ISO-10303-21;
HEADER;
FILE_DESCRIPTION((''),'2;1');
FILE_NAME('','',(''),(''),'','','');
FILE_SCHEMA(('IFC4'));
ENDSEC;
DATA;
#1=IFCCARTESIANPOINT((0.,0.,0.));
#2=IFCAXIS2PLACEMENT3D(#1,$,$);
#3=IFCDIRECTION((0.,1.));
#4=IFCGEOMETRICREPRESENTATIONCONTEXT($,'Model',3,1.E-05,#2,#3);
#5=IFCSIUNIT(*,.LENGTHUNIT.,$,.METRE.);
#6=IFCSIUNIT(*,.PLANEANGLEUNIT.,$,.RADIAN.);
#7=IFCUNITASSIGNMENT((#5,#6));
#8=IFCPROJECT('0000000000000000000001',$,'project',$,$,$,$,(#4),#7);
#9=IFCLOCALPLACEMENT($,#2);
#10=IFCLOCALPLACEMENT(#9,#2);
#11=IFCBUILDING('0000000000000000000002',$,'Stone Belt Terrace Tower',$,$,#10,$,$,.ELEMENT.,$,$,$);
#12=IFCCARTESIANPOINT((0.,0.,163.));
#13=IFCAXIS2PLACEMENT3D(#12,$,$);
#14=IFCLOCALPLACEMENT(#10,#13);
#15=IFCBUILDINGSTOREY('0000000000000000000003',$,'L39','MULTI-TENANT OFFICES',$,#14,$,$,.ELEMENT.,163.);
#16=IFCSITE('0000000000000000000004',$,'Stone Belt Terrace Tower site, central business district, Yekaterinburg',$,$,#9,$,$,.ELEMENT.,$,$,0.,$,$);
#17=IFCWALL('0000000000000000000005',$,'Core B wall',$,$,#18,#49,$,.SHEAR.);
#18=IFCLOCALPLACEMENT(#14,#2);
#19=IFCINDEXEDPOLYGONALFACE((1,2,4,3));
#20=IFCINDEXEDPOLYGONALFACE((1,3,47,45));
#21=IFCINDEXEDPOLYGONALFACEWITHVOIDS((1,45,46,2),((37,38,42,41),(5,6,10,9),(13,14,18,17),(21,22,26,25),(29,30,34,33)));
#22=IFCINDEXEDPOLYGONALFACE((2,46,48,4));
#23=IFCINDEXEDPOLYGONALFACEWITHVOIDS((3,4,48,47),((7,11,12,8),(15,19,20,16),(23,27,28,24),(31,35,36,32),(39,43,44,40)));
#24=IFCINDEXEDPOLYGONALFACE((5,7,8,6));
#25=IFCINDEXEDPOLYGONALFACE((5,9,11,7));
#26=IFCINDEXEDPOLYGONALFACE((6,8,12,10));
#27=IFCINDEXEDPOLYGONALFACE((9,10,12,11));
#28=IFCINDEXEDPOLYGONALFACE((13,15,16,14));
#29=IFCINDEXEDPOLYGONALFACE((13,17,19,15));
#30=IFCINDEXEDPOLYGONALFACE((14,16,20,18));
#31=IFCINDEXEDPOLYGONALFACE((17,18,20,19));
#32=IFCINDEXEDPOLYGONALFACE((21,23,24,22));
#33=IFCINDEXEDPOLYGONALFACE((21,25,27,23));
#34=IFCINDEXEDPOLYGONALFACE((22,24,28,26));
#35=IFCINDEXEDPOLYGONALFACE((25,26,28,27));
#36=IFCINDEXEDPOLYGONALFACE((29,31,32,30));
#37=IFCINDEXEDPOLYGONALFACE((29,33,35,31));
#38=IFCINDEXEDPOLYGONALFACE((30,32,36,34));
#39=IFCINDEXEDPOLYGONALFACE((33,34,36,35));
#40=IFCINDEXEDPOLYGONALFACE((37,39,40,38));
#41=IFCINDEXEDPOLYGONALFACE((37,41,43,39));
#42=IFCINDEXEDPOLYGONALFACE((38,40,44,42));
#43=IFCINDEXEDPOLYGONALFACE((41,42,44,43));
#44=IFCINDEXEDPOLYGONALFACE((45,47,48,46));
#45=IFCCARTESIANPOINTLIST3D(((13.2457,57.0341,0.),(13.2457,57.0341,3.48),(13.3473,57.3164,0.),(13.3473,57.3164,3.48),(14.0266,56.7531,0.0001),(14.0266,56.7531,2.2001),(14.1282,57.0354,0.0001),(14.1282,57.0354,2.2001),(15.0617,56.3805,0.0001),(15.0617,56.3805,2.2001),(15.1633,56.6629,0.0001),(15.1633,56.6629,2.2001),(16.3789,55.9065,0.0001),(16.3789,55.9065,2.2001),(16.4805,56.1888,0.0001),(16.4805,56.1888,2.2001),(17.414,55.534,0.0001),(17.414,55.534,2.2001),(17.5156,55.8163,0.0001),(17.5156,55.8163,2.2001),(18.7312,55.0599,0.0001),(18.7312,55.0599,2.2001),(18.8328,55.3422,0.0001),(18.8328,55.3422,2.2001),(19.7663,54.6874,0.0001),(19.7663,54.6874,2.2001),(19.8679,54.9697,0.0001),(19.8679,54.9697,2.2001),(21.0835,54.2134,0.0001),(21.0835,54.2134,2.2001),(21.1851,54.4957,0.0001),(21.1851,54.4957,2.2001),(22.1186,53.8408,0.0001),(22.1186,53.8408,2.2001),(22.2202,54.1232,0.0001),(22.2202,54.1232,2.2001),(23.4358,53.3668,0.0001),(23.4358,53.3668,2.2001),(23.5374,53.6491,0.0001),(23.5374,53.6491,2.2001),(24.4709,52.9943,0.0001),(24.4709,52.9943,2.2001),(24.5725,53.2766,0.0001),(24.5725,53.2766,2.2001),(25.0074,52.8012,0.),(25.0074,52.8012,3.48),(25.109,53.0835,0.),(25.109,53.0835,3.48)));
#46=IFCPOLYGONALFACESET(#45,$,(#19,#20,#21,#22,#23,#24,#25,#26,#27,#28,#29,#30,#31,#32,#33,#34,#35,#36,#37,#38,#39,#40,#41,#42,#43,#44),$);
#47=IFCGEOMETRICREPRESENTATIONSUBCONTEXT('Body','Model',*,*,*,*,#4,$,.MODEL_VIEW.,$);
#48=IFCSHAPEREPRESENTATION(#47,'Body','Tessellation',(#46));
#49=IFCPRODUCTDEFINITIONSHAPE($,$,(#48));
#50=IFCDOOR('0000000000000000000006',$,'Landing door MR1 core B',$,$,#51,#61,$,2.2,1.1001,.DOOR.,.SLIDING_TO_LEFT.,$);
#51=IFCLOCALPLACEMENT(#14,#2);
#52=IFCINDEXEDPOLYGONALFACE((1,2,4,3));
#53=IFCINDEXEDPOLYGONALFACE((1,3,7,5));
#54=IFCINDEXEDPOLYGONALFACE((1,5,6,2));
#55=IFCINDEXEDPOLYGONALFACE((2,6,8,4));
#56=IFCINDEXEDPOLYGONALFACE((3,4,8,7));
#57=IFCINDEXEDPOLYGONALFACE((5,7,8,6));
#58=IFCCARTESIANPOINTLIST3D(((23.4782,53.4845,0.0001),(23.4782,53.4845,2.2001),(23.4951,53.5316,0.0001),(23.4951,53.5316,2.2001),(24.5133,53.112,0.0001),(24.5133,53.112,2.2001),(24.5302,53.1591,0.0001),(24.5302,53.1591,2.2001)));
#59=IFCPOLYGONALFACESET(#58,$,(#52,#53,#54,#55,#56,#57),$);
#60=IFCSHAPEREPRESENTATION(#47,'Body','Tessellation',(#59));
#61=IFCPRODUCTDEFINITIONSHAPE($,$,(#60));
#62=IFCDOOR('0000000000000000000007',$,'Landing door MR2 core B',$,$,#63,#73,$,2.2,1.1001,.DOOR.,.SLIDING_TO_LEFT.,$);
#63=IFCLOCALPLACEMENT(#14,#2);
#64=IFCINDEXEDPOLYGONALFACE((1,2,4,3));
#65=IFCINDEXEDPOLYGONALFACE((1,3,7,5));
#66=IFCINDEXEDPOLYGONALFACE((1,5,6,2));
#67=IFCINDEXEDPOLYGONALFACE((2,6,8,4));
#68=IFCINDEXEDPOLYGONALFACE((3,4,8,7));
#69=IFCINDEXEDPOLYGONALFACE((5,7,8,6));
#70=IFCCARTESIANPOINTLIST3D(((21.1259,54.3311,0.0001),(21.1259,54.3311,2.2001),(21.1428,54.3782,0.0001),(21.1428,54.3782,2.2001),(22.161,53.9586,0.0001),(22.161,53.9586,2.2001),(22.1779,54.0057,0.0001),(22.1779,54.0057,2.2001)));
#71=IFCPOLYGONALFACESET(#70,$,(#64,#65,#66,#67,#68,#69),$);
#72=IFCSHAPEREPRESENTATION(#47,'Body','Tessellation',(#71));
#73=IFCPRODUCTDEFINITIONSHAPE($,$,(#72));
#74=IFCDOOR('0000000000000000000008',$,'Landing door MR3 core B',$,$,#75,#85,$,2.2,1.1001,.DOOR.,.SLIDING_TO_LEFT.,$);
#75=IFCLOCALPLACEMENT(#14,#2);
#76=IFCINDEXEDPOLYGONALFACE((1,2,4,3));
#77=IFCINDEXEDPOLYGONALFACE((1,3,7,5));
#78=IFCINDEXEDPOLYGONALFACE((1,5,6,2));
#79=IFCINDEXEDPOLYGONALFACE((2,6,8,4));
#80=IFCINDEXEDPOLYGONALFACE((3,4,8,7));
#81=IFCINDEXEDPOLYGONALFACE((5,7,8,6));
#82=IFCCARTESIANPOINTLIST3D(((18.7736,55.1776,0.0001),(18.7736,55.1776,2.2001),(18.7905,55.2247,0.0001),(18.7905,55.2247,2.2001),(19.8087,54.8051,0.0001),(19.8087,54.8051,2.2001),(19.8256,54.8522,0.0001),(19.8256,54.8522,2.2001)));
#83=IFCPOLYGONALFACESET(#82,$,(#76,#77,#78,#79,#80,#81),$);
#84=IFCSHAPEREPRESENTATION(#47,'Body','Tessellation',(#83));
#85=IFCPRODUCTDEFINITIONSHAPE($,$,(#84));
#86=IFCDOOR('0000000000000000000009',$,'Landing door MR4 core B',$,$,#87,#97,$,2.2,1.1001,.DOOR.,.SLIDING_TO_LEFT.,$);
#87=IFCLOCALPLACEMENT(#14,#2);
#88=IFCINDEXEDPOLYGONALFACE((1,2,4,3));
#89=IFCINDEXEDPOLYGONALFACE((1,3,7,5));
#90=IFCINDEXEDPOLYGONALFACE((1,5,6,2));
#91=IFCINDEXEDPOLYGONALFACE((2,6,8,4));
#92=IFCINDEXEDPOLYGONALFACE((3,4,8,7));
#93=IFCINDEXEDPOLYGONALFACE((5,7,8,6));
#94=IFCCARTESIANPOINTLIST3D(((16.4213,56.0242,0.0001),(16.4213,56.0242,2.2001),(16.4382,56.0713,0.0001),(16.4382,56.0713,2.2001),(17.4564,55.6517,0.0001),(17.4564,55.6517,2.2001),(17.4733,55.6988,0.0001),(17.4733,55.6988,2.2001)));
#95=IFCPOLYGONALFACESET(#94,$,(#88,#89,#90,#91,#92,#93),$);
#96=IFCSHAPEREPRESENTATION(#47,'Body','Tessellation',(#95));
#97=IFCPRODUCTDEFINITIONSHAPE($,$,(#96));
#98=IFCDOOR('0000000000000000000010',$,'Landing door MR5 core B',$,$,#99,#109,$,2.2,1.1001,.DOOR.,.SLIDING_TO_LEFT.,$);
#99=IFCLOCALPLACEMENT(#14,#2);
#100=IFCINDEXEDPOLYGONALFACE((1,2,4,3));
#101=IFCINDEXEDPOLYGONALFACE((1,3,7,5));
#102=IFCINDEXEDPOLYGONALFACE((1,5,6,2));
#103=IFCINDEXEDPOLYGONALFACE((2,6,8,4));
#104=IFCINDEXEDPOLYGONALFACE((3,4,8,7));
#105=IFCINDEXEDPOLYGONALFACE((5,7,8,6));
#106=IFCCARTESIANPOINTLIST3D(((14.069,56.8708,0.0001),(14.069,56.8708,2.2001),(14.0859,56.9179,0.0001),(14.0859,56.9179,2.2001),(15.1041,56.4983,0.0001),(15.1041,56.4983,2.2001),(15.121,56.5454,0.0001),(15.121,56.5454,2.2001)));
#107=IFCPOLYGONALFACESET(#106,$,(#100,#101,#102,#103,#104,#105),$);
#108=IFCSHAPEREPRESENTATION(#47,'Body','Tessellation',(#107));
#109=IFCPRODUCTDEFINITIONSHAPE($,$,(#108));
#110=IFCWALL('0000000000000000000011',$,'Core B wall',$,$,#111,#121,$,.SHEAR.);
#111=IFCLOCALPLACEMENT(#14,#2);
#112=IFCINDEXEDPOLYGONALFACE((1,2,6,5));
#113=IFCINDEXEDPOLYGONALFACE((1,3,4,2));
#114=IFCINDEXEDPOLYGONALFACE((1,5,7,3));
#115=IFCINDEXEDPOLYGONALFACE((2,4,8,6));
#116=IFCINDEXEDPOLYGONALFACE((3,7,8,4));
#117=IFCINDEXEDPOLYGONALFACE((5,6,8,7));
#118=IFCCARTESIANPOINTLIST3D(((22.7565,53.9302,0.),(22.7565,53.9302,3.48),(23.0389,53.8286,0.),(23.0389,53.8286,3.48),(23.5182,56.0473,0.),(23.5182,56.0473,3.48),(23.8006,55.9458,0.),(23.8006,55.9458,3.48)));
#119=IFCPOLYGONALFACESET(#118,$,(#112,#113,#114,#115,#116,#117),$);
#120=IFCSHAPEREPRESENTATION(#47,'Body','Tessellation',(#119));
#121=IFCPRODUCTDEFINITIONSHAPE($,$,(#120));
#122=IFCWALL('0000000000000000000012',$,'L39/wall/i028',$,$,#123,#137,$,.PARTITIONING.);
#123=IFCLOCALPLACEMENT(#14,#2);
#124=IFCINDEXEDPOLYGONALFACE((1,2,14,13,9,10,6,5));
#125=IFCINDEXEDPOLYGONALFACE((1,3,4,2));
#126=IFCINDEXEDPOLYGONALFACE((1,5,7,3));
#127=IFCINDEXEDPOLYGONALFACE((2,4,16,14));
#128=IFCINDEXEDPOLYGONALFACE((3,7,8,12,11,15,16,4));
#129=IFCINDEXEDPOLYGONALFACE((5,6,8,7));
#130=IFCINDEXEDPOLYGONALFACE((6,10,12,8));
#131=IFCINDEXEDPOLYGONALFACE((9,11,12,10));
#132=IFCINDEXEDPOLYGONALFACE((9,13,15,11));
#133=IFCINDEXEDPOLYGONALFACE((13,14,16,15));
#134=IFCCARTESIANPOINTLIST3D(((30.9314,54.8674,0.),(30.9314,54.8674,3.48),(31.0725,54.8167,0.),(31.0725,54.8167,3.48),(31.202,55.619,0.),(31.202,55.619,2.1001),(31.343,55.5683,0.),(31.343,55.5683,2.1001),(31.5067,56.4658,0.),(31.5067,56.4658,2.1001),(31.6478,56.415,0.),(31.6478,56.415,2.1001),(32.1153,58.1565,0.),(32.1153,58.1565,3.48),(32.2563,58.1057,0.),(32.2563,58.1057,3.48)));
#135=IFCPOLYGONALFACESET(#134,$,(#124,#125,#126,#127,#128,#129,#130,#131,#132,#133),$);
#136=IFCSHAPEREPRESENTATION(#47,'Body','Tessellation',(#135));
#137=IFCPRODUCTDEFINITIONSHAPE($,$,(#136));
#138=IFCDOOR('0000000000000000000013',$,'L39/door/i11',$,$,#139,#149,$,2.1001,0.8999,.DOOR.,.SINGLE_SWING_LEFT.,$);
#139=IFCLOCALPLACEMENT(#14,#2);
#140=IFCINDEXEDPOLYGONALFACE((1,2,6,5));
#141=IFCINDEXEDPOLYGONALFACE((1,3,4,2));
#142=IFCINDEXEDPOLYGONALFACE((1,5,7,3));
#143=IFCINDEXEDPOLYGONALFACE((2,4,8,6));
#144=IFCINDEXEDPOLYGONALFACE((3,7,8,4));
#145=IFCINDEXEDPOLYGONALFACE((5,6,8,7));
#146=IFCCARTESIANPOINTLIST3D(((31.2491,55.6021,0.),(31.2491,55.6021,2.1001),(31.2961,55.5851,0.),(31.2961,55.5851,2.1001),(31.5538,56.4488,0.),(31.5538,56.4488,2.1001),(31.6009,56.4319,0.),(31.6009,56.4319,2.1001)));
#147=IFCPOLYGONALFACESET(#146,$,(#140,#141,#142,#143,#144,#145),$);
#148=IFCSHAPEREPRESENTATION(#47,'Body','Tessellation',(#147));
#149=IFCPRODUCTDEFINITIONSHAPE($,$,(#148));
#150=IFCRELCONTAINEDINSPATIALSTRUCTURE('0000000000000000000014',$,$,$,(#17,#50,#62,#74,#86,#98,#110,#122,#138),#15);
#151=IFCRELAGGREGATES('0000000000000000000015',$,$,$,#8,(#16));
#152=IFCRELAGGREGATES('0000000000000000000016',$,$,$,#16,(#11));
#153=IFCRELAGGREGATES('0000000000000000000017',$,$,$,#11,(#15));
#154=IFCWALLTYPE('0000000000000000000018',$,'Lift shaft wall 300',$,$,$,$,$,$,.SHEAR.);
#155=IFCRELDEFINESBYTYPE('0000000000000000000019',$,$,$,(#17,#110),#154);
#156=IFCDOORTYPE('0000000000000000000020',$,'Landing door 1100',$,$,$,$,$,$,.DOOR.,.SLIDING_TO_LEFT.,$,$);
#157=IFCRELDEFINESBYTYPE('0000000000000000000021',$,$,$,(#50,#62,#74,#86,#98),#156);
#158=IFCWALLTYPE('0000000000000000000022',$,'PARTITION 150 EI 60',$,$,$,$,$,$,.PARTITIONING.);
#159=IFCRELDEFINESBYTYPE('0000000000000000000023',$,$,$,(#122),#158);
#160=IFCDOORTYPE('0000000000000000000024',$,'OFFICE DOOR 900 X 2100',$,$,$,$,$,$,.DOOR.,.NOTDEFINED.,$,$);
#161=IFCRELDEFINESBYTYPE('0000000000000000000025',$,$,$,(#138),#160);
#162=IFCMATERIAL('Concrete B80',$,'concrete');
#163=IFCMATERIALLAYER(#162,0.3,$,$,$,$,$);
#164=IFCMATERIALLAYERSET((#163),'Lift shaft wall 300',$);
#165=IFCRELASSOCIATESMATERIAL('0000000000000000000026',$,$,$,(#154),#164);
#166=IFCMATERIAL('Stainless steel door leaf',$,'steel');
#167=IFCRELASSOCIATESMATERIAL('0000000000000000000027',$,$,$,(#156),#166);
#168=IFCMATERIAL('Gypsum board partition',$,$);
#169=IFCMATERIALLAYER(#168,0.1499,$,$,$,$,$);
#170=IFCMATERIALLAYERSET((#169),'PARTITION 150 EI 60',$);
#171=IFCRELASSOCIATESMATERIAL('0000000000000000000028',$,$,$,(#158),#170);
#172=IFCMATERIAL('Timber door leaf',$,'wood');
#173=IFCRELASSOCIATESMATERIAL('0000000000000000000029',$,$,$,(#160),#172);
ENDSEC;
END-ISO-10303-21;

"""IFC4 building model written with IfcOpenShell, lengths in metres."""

from ifc_helpers import new_model, si_unit, direction, frame, frame_2d, origin, place, context, subcontext, project, spatial, rectangle, extrude, material, layer, layer_set, type_object, element, fill, save


model = new_model("IFC4")

# Units and contexts
model_context = context("Model", 3, precision=1e-05, world=origin(), true_north=direction((0.0, 1.0)))
body_context = subcontext(model_context, "Body", "Model", "MODEL_VIEW")
ifc_project = project(units=[si_unit("LENGTHUNIT", "METRE"), si_unit("PLANEANGLEUNIT", "RADIAN")], contexts=[model_context])

# Site, building, storey
site_placement = place(None, origin())
site = spatial("IfcSite", under=ifc_project, at=site_placement, Name="Stone Belt Terrace Tower site, central business district, Yekaterinburg", CompositionType="ELEMENT", RefElevation=0.0)
building_placement = place(site_placement, origin())
building = spatial("IfcBuilding", under=site, at=building_placement, Name="Stone Belt Terrace Tower", CompositionType="ELEMENT")
storey_placement = place(building_placement, frame((0.0, 0.0, 163.0)))
storey = spatial("IfcBuildingStorey", under=building, at=storey_placement, Name="L39", Description="MULTI-TENANT OFFICES", CompositionType="ELEMENT", Elevation=163.0)

# Shared definitions
ifc_material_1 = material(Name="Concrete B80", Category="concrete")

# Shared definitions
ifc_material_2 = material(Name="Timber door leaf", Category="wood")
ifc_layer_1 = layer(ifc_material_1, 0.3)
ifc_layer_set_1 = layer_set([ifc_layer_1], Name="Lift shaft wall 300")
wall_type_1 = type_object("IfcWallType", Name="Lift shaft wall 300", PredefinedType="SHEAR", material=ifc_layer_set_1)
ifc_material_3 = material(Name="Stainless steel door leaf", Category="steel")

# Wall, openings, doors
wall_1_placement = place(storey_placement, frame((25.0581, 52.9424, 0.0), z_axis=(0.0, 0.0, 1.0), x_axis=(-0.940921, 0.338627, 0.0)))
wall_1 = element("IfcWall", 1, at=wall_1_placement, inside=storey, type_object=wall_type_1, Name="Core B wall", PredefinedType="SHEAR", context=body_context, shape_type="SweptSolid", body=[
    extrude(rectangle(XDim=12.5002, YDim=0.3, at=frame_2d((6.25, 0.0))), origin(), (0.0, 0.0, 1.0), 3.48),
])
opening_1_placement = place(wall_1_placement, frame((0.5701, 0.0, 0.0)))
opening_1 = element("IfcOpeningElement", 2, at=opening_1_placement, cuts=wall_1, PredefinedType="OPENING", context=body_context, shape_type="SweptSolid", body=[
    extrude(rectangle(XDim=1.1001, YDim=2.2, at=frame_2d((0.55, 1.1001))), frame((0.0, 0.1599, 0.0), z_axis=(0.0, -1.0, 0.0), x_axis=(1.0, 0.0, 0.0)), (0.0, 0.0, 1.0), 0.3201),
])
opening_2_placement = place(wall_1_placement, frame((3.0701, 0.0, 0.0)))
opening_2 = element("IfcOpeningElement", 3, at=opening_2_placement, cuts=wall_1, PredefinedType="OPENING", context=body_context, shape_type="SweptSolid", body=[
    extrude(rectangle(XDim=1.1001, YDim=2.2, at=frame_2d((0.55, 1.1001))), frame((0.0, 0.1599, 0.0), z_axis=(0.0, -1.0, 0.0), x_axis=(1.0, 0.0, 0.0)), (0.0, 0.0, 1.0), 0.3201),
])
opening_3_placement = place(wall_1_placement, frame((5.5701, 0.0, 0.0)))
opening_3 = element("IfcOpeningElement", 4, at=opening_3_placement, cuts=wall_1, PredefinedType="OPENING", context=body_context, shape_type="SweptSolid", body=[
    extrude(rectangle(XDim=1.1001, YDim=2.2, at=frame_2d((0.55, 1.1001))), frame((0.0, 0.1599, 0.0), z_axis=(0.0, -1.0, 0.0), x_axis=(1.0, 0.0, 0.0)), (0.0, 0.0, 1.0), 0.3201),
])
opening_4_placement = place(wall_1_placement, frame((8.0701, 0.0, 0.0)))
opening_4 = element("IfcOpeningElement", 5, at=opening_4_placement, cuts=wall_1, PredefinedType="OPENING", context=body_context, shape_type="SweptSolid", body=[
    extrude(rectangle(XDim=1.1001, YDim=2.2, at=frame_2d((0.55, 1.1001))), frame((0.0, 0.1599, 0.0), z_axis=(0.0, -1.0, 0.0), x_axis=(1.0, 0.0, 0.0)), (0.0, 0.0, 1.0), 0.3201),
])
opening_5_placement = place(wall_1_placement, frame((10.5701, 0.0, 0.0)))
opening_5 = element("IfcOpeningElement", 6, at=opening_5_placement, cuts=wall_1, PredefinedType="OPENING", context=body_context, shape_type="SweptSolid", body=[
    extrude(rectangle(XDim=1.1001, YDim=2.2, at=frame_2d((0.55, 1.1001))), frame((0.0, 0.1599, 0.0), z_axis=(0.0, -1.0, 0.0), x_axis=(1.0, 0.0, 0.0)), (0.0, 0.0, 1.0), 0.3201),
])
door_type_1 = type_object("IfcDoorType", Name="Landing door 1100", OperationType="SLIDING_TO_LEFT", PredefinedType="DOOR", material=ifc_material_3)
door_1_placement = place(opening_1_placement, origin())
door_1 = element("IfcDoor", 7, at=door_1_placement, inside=storey, type_object=door_type_1, Name="Landing door MR1 core B", OperationType="SLIDING_TO_LEFT", OverallHeight=2.2, OverallWidth=1.1001, PredefinedType="DOOR", context=body_context, shape_type="SweptSolid", body=[
    extrude(rectangle(XDim=1.1001, YDim=2.2, at=frame_2d((0.55, 1.1001))), frame((0.0, 0.0249, 0.0), z_axis=(0.0, -1.0, 0.0), x_axis=(1.0, 0.0, 0.0)), (0.0, 0.0, 1.0), 0.05),
])
fill(opening_1, door_1)
door_2_placement = place(opening_2_placement, origin())
door_2 = element("IfcDoor", 8, at=door_2_placement, inside=storey, type_object=door_type_1, Name="Landing door MR2 core B", OperationType="SLIDING_TO_LEFT", OverallHeight=2.2, OverallWidth=1.1001, PredefinedType="DOOR", context=body_context, shape_type="SweptSolid", body=[
    extrude(rectangle(XDim=1.1001, YDim=2.2, at=frame_2d((0.55, 1.1001))), frame((0.0, 0.0249, 0.0), z_axis=(0.0, -1.0, 0.0), x_axis=(1.0, 0.0, 0.0)), (0.0, 0.0, 1.0), 0.05),
])
fill(opening_2, door_2)
door_3_placement = place(opening_3_placement, origin())
door_3 = element("IfcDoor", 9, at=door_3_placement, inside=storey, type_object=door_type_1, Name="Landing door MR3 core B", OperationType="SLIDING_TO_LEFT", OverallHeight=2.2, OverallWidth=1.1001, PredefinedType="DOOR", context=body_context, shape_type="SweptSolid", body=[
    extrude(rectangle(XDim=1.1001, YDim=2.2, at=frame_2d((0.55, 1.1001))), frame((0.0, 0.0249, 0.0), z_axis=(0.0, -1.0, 0.0), x_axis=(1.0, 0.0, 0.0)), (0.0, 0.0, 1.0), 0.05),
])
fill(opening_3, door_3)
door_4_placement = place(opening_4_placement, origin())
door_4 = element("IfcDoor", 10, at=door_4_placement, inside=storey, type_object=door_type_1, Name="Landing door MR4 core B", OperationType="SLIDING_TO_LEFT", OverallHeight=2.2, OverallWidth=1.1001, PredefinedType="DOOR", context=body_context, shape_type="SweptSolid", body=[
    extrude(rectangle(XDim=1.1001, YDim=2.2, at=frame_2d((0.55, 1.1001))), frame((0.0, 0.0249, 0.0), z_axis=(0.0, -1.0, 0.0), x_axis=(1.0, 0.0, 0.0)), (0.0, 0.0, 1.0), 0.05),
])
fill(opening_4, door_4)
door_5_placement = place(opening_5_placement, origin())
door_5 = element("IfcDoor", 11, at=door_5_placement, inside=storey, type_object=door_type_1, Name="Landing door MR5 core B", OperationType="SLIDING_TO_LEFT", OverallHeight=2.2, OverallWidth=1.1001, PredefinedType="DOOR", context=body_context, shape_type="SweptSolid", body=[
    extrude(rectangle(XDim=1.1001, YDim=2.2, at=frame_2d((0.55, 1.1001))), frame((0.0, 0.0249, 0.0), z_axis=(0.0, -1.0, 0.0), x_axis=(1.0, 0.0, 0.0)), (0.0, 0.0, 1.0), 0.05),
])
fill(opening_5, door_5)

# Wall
wall_2_placement = place(storey_placement, frame((22.8977, 53.8794, 0.0), z_axis=(0.0, 0.0, 1.0), x_axis=(0.338535, 0.940954, 0.0)))
element("IfcWall", 12, at=wall_2_placement, inside=storey, type_object=wall_type_1, Name="Core B wall", PredefinedType="SHEAR", context=body_context, shape_type="SweptSolid", body=[
    extrude(rectangle(XDim=2.25, YDim=0.3, at=frame_2d((1.125, 0.0))), origin(), (0.0, 0.0, 1.0), 3.48),
])

# Wall, opening, door
ifc_material_4 = material(Name="Gypsum board partition")
ifc_layer_2 = layer(ifc_material_4, 0.1499)
ifc_layer_set_2 = layer_set([ifc_layer_2], Name="PARTITION 150 EI 60")
wall_type_2 = type_object("IfcWallType", Name="PARTITION 150 EI 60", PredefinedType="PARTITIONING", material=ifc_layer_set_2)
wall_3_placement = place(storey_placement, frame((31.002, 54.842, 0.0), z_axis=(0.0, 0.0, 1.0), x_axis=(0.338663, 0.940908, 0.0)))
wall_3 = element("IfcWall", 13, at=wall_3_placement, inside=storey, type_object=wall_type_2, Name="L39/wall/i028", PredefinedType="PARTITIONING", context=body_context, shape_type="SweptSolid", body=[
    extrude(rectangle(XDim=3.4956, YDim=0.1499, at=frame_2d((1.7478, 0.0))), origin(), (0.0, 0.0, 1.0), 3.48),
])
opening_6_placement = place(wall_3_placement, frame((0.7988, 0.0, 0.0)))
opening_6 = element("IfcOpeningElement", 14, at=opening_6_placement, cuts=wall_3, PredefinedType="OPENING", context=body_context, shape_type="SweptSolid", body=[
    extrude(rectangle(XDim=0.8999, YDim=2.1001, at=frame_2d((0.45, 1.05))), frame((0.0, 0.085, 0.0), z_axis=(0.0, -1.0, 0.0), x_axis=(1.0, 0.0, 0.0)), (0.0, 0.0, 1.0), 0.1699),
])
door_type_2 = type_object("IfcDoorType", Name="OFFICE DOOR 900 X 2100", OperationType="NOTDEFINED", PredefinedType="DOOR", material=ifc_material_2)
door_6_placement = place(opening_6_placement, origin())
door_6 = element("IfcDoor", 15, at=door_6_placement, inside=storey, type_object=door_type_2, Name="L39/door/i11", OperationType="SINGLE_SWING_LEFT", OverallHeight=2.1001, OverallWidth=0.8999, PredefinedType="DOOR", context=body_context, shape_type="SweptSolid", body=[
    extrude(rectangle(XDim=0.8999, YDim=2.1001, at=frame_2d((0.45, 1.05))), frame((0.0, 0.0249, 0.0), z_axis=(0.0, -1.0, 0.0), x_axis=(1.0, 0.0, 0.0)), (0.0, 0.0, 1.0), 0.05),
])
fill(opening_6, door_6)

save(model, "model.ifc")
